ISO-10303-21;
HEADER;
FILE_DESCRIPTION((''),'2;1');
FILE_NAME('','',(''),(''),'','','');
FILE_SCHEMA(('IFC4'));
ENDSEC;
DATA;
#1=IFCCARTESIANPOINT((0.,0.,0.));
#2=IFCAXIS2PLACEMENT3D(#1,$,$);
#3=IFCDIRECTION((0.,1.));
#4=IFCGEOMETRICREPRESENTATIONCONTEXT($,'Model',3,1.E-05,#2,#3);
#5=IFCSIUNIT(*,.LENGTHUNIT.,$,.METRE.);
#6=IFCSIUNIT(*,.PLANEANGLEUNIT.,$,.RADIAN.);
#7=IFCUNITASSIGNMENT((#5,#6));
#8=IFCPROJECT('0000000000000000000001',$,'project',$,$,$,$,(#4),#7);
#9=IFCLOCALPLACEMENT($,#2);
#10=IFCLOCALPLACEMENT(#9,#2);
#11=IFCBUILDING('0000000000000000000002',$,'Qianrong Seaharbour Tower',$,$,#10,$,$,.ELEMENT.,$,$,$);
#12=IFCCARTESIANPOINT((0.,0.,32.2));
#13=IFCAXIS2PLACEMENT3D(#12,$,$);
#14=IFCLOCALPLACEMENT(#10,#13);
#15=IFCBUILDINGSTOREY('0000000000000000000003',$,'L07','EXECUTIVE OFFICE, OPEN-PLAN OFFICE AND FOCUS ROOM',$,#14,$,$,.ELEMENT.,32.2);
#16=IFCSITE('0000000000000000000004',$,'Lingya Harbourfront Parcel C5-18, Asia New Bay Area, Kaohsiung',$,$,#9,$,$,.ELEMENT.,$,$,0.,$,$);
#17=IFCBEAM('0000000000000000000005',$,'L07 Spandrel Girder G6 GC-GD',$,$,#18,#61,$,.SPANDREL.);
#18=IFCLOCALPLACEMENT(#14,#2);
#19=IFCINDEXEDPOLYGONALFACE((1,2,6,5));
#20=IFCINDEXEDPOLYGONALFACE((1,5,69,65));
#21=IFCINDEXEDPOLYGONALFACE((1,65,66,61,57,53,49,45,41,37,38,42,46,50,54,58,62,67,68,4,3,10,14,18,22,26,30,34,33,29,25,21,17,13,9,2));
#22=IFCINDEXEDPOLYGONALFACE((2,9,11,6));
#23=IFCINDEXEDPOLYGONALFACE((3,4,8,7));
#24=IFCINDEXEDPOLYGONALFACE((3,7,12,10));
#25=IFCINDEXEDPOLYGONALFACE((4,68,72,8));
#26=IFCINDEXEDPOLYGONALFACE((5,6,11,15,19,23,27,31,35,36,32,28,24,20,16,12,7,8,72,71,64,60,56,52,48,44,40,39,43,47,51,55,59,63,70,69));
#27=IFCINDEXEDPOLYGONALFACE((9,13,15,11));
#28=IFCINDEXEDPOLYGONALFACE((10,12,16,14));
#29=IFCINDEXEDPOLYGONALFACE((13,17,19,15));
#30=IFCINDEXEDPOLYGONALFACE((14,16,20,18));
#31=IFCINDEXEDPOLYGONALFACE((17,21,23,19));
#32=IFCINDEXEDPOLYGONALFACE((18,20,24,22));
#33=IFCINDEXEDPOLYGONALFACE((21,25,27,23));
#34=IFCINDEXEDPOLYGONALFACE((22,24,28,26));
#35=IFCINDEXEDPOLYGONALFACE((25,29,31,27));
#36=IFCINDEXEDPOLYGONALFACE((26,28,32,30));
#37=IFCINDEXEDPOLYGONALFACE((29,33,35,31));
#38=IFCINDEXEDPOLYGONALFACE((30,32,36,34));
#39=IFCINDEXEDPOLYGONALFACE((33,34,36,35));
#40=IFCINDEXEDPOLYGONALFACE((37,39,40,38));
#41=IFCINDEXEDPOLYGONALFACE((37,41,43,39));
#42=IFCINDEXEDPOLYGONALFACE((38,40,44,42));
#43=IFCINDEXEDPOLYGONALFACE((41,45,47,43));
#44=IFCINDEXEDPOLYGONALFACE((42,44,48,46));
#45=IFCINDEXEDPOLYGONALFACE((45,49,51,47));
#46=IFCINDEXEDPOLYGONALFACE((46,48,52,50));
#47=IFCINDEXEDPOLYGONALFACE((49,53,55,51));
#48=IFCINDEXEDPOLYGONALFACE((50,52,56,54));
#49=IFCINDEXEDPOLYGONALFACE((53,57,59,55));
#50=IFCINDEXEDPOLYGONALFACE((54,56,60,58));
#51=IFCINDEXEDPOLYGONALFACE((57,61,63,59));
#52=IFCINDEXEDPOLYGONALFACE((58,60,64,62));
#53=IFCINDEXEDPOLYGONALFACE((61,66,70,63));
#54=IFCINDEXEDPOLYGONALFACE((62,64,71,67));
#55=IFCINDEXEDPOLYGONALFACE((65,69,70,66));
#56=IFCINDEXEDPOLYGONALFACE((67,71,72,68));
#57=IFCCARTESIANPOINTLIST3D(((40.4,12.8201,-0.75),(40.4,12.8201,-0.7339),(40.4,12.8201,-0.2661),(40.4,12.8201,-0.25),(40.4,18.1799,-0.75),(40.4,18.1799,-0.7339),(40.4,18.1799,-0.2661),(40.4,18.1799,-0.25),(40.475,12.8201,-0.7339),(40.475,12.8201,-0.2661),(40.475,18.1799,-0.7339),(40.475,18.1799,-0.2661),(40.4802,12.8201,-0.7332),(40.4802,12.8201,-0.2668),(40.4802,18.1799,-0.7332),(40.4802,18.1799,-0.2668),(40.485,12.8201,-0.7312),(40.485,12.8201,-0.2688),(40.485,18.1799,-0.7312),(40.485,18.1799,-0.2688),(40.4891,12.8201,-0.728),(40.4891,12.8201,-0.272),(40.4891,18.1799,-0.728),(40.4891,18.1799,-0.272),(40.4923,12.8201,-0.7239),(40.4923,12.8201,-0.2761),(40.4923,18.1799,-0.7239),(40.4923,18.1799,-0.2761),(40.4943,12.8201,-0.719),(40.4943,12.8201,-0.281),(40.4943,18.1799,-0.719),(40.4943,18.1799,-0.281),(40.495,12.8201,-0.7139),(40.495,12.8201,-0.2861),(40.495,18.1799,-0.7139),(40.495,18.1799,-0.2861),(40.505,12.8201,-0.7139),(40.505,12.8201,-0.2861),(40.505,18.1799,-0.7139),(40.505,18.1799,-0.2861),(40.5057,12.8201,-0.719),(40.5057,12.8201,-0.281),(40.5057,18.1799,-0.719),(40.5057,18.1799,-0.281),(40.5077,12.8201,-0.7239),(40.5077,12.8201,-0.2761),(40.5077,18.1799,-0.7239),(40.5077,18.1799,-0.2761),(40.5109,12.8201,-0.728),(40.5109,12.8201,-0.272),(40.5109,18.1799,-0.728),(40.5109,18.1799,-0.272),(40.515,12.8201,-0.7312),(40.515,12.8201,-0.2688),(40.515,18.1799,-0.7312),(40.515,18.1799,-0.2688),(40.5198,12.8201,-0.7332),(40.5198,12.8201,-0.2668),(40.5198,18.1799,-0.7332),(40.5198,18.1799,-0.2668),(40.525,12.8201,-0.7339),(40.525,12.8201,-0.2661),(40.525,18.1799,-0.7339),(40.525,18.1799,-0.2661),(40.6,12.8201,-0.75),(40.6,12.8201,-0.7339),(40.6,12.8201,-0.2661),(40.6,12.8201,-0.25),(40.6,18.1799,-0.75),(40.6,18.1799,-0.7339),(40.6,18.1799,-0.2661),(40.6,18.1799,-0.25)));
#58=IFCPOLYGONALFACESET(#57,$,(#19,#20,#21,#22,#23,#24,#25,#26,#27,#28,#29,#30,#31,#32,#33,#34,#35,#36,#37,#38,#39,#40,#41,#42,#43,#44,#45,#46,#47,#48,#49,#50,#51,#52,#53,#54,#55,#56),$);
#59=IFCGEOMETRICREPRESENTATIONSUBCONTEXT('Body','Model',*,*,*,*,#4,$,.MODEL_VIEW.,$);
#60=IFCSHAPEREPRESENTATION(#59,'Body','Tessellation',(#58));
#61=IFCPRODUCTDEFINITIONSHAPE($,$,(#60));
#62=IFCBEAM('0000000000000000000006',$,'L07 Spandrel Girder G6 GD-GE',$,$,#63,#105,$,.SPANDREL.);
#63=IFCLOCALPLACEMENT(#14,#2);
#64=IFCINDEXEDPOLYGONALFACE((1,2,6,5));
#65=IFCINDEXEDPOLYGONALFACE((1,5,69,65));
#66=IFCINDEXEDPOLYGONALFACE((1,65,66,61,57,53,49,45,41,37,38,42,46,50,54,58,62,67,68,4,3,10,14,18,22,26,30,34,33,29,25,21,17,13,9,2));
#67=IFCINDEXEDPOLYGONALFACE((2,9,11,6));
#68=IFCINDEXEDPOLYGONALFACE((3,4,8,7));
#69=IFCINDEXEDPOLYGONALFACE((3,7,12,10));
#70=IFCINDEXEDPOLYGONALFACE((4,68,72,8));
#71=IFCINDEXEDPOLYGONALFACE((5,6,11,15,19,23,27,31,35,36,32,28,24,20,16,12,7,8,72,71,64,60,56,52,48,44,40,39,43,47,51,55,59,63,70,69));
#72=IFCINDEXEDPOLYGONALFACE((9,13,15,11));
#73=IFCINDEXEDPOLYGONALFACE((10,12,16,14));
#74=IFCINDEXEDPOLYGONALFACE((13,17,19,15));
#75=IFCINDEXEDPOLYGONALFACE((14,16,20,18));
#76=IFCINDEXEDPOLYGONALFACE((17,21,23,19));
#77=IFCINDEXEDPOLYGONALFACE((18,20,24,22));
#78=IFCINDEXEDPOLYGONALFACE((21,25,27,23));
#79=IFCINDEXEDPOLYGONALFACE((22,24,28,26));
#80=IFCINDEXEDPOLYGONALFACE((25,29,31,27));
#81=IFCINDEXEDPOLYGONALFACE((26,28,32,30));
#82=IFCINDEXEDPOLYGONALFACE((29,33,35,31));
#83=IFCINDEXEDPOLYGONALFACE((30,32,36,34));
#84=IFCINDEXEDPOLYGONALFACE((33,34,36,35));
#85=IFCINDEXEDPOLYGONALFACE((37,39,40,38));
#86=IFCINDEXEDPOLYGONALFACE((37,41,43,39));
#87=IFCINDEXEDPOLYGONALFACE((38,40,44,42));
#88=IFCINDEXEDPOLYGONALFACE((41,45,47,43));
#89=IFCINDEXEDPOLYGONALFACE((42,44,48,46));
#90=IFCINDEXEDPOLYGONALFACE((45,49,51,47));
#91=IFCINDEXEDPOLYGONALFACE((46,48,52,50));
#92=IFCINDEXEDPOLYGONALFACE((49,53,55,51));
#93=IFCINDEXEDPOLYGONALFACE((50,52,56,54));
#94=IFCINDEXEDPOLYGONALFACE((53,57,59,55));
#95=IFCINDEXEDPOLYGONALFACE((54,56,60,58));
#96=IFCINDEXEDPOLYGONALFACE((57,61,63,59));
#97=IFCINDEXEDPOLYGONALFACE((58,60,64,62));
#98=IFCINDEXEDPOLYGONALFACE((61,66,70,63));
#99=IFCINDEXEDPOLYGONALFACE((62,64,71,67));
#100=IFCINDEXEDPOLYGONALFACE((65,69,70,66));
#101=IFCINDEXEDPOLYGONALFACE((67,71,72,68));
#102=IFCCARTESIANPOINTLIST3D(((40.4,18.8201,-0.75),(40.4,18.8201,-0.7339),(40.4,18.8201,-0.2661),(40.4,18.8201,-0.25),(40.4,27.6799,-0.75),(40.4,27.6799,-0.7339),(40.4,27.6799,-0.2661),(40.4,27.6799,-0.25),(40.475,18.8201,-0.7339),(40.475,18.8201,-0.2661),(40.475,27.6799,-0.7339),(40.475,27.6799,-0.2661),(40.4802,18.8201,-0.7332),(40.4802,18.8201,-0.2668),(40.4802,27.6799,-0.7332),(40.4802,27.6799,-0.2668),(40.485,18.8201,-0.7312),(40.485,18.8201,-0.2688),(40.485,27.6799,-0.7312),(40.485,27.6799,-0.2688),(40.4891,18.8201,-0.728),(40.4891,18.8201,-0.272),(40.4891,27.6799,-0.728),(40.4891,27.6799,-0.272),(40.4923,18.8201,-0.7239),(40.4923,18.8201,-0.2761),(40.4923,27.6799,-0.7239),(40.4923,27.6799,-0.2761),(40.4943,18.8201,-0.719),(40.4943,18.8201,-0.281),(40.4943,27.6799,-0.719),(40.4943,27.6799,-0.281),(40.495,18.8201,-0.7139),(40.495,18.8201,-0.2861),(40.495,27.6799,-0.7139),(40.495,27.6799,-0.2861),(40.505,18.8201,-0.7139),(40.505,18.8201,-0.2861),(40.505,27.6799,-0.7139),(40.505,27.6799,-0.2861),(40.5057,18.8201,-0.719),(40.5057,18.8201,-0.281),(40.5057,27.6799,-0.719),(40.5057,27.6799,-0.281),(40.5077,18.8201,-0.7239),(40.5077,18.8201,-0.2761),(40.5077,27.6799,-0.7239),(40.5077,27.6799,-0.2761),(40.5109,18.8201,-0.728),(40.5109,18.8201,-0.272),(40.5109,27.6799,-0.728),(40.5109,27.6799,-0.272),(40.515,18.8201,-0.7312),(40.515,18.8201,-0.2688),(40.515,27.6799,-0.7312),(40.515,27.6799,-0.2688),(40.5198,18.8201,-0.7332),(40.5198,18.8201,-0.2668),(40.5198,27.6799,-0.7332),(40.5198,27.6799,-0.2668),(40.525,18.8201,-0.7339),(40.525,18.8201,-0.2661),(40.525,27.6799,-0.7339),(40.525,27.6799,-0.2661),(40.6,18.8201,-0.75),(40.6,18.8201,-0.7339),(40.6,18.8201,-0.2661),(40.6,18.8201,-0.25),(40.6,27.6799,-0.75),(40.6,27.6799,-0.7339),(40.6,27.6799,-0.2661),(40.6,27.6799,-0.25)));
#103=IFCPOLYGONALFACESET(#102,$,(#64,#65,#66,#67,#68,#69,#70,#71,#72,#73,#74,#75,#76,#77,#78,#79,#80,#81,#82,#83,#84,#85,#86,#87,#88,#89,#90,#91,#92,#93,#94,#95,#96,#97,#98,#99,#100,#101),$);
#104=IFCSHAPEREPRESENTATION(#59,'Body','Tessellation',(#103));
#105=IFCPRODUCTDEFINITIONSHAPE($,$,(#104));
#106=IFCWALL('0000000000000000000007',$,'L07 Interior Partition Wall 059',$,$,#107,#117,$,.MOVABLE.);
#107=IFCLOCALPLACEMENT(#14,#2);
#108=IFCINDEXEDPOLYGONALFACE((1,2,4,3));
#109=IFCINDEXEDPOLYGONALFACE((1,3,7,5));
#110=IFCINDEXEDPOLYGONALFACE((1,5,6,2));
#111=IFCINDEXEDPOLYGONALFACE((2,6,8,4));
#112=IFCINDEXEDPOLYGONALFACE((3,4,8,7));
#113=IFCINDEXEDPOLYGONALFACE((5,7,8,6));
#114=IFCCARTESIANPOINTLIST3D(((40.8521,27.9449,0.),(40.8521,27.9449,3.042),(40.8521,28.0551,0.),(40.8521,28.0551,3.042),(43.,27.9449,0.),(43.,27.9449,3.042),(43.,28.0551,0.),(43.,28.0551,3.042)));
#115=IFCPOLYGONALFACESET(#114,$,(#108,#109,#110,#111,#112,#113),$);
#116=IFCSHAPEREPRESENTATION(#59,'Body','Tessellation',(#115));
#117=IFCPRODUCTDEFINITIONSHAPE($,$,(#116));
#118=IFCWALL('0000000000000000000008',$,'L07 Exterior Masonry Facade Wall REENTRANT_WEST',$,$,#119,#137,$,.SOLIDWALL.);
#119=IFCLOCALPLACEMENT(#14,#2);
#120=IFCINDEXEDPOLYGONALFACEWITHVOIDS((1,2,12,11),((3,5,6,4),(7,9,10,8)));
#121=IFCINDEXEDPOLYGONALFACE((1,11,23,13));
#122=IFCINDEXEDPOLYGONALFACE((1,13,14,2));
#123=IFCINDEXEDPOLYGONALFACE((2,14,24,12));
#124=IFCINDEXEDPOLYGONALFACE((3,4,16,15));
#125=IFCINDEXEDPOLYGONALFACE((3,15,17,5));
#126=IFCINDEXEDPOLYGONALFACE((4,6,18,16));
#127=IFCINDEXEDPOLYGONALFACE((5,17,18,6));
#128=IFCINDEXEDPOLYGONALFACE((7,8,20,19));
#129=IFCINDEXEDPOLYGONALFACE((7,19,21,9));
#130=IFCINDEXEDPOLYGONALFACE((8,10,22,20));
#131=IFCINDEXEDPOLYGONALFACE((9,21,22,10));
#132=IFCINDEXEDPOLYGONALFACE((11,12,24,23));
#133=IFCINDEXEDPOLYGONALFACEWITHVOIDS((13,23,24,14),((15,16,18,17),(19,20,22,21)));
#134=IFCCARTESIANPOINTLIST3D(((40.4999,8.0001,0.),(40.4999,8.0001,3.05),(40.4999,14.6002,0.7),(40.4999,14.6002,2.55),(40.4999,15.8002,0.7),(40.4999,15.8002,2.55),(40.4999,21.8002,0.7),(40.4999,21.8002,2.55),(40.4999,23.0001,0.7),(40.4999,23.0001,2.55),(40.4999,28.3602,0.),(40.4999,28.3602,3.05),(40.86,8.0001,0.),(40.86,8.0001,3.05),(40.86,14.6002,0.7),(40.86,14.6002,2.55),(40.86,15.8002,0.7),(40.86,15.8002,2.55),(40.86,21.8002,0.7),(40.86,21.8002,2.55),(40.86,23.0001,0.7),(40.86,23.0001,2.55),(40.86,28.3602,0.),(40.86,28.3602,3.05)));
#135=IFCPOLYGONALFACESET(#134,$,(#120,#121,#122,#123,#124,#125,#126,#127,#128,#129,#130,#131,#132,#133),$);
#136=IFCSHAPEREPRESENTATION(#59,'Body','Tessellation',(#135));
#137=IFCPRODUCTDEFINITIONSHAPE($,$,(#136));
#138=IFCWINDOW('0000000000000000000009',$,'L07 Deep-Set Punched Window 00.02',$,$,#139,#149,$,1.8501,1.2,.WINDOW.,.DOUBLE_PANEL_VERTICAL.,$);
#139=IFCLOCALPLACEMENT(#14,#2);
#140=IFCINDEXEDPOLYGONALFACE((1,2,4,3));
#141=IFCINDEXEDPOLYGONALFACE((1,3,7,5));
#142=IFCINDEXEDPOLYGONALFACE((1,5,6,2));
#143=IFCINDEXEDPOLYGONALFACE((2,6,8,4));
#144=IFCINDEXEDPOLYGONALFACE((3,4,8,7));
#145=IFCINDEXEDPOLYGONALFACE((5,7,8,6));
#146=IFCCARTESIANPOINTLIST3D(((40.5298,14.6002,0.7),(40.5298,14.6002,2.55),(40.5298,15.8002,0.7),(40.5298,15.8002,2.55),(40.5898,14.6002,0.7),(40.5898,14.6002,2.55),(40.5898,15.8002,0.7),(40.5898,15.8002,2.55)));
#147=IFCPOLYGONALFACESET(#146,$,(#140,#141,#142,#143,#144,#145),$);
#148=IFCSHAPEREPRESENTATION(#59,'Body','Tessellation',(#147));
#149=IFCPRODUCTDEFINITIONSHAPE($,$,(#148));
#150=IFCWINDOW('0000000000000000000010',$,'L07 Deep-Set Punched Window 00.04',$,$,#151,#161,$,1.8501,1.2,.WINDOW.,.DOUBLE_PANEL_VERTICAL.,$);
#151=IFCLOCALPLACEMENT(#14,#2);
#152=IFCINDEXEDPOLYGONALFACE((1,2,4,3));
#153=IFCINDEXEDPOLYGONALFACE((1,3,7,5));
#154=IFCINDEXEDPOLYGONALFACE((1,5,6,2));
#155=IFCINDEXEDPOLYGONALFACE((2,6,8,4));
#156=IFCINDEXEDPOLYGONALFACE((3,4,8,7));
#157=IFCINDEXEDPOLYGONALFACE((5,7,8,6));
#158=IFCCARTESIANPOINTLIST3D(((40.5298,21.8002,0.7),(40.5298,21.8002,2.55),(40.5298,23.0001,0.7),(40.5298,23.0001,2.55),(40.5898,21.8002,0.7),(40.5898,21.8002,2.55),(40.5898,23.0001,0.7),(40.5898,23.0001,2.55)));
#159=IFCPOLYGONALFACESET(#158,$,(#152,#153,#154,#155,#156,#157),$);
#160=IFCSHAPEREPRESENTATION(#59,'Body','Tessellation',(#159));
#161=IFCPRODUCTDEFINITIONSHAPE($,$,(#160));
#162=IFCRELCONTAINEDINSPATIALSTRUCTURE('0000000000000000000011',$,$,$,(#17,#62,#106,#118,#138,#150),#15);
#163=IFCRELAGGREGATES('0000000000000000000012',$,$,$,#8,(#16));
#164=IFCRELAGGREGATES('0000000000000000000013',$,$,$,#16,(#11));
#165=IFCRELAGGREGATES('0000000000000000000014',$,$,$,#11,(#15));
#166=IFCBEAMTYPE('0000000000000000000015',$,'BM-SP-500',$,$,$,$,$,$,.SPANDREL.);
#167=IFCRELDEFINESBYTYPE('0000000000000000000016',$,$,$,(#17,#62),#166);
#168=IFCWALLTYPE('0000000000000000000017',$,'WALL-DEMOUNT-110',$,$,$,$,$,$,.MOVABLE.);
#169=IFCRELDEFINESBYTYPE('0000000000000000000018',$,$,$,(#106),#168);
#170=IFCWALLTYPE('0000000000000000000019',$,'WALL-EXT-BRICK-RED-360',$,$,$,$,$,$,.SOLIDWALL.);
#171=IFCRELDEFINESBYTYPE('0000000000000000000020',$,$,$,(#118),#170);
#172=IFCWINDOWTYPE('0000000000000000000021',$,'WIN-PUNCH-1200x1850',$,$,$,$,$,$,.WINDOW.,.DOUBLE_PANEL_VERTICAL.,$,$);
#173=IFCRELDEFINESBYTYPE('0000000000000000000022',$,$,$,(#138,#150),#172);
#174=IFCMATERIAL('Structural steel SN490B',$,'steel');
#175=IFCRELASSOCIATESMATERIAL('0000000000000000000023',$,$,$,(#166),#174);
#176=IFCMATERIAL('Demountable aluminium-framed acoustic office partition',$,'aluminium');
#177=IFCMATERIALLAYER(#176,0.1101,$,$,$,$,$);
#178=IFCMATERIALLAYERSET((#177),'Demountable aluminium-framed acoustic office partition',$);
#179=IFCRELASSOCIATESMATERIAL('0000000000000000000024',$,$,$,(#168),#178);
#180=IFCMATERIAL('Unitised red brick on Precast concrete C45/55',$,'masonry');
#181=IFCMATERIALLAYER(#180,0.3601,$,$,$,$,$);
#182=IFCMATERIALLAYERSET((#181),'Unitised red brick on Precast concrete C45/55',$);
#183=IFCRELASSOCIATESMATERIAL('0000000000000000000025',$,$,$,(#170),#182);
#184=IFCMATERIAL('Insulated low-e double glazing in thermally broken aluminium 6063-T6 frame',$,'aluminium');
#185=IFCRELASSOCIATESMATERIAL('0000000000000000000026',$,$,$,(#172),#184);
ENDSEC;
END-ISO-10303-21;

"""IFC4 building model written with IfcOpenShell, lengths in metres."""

from ifc_helpers import new_model, si_unit, direction, frame, frame_2d, origin, origin_2d, place, context, subcontext, project, spatial, rectangle, i_section, extrude, material, layer, layer_set, material_profile, profile_set, type_object, element, fill, save


model = new_model("IFC4")

# Units and contexts
model_context = context("Model", 3, precision=1e-05, world=origin(), true_north=direction((0.0, 1.0)))
body_context = subcontext(model_context, "Body", "Model", "MODEL_VIEW")
ifc_project = project(units=[si_unit("LENGTHUNIT", "METRE"), si_unit("PLANEANGLEUNIT", "RADIAN")], contexts=[model_context])

# Site, building, storey
site_placement = place(None, origin())
site = spatial("IfcSite", under=ifc_project, at=site_placement, Name="Lingya Harbourfront Parcel C5-18, Asia New Bay Area, Kaohsiung", CompositionType="ELEMENT", RefElevation=0.0)
building_placement = place(site_placement, origin())
building = spatial("IfcBuilding", under=site, at=building_placement, Name="Qianrong Seaharbour Tower", CompositionType="ELEMENT")
storey_placement = place(building_placement, frame((0.0, 0.0, 32.2)))
storey = spatial("IfcBuildingStorey", under=building, at=storey_placement, Name="L07", Description="EXECUTIVE OFFICE, OPEN-PLAN OFFICE AND FOCUS ROOM", CompositionType="ELEMENT", Elevation=32.2)

# Shared definitions
ifc_material_1 = material(Name="Structural steel SN490B", Category="steel")

# Beams
ifc_material_profile_1 = material_profile(ifc_material_1, i_section(OverallWidth=0.2, OverallDepth=0.5, WebThickness=0.01, FlangeThickness=0.0161, FilletRadius=0.02, at=origin_2d()), Name="H500x200x10x16")
ifc_profile_set_1 = profile_set([ifc_material_profile_1], Name="Structural steel SN490B")
beam_type_1 = type_object("IfcBeamType", Name="BM-SP-500", PredefinedType="SPANDREL", material=ifc_profile_set_1)
beam_1_placement = place(storey_placement, frame((40.5, 12.8201, -0.5), z_axis=(0.0, 1.0, 0.0), x_axis=(-1.0, 0.0, 0.0)))
element("IfcBeam", 1, at=beam_1_placement, inside=storey, type_object=beam_type_1, Name="L07 Spandrel Girder G6 GC-GD", PredefinedType="SPANDREL", context=body_context, shape_type="SweptSolid", body=[
    extrude(i_section(OverallWidth=0.2, OverallDepth=0.5, WebThickness=0.01, FlangeThickness=0.0161, FilletRadius=0.02, at=origin_2d()), origin(), (0.0, 0.0, 1.0), 5.3599),
])
beam_2_placement = place(storey_placement, frame((40.5, 18.8201, -0.5), z_axis=(0.0, 1.0, 0.0), x_axis=(-1.0, 0.0, 0.0)))
element("IfcBeam", 2, at=beam_2_placement, inside=storey, type_object=beam_type_1, Name="L07 Spandrel Girder G6 GD-GE", PredefinedType="SPANDREL", context=body_context, shape_type="SweptSolid", body=[
    extrude(i_section(OverallWidth=0.2, OverallDepth=0.5, WebThickness=0.01, FlangeThickness=0.0161, FilletRadius=0.02, at=origin_2d()), origin(), (0.0, 0.0, 1.0), 8.8599),
])

# Wall
ifc_material_2 = material(Name="Demountable aluminium-framed acoustic office partition", Category="aluminium")
ifc_layer_1 = layer(ifc_material_2, 0.1101)
ifc_layer_set_1 = layer_set([ifc_layer_1], Name="Demountable aluminium-framed acoustic office partition")
wall_type_1 = type_object("IfcWallType", Name="WALL-DEMOUNT-110", PredefinedType="MOVABLE", material=ifc_layer_set_1)
wall_1_placement = place(storey_placement, frame((40.8521, 28.0, 0.0), z_axis=(0.0, 0.0, 1.0), x_axis=(1.0, 0.0, 0.0)))
element("IfcWall", 3, at=wall_1_placement, inside=storey, type_object=wall_type_1, Name="L07 Interior Partition Wall 059", PredefinedType="MOVABLE", context=body_context, shape_type="SweptSolid", body=[
    extrude(rectangle(XDim=2.1479, YDim=0.1101, at=frame_2d((1.074, 0.0))), origin(), (0.0, 0.0, 1.0), 3.042),
])

# Wall, openings, windows
ifc_material_3 = material(Name="Unitised red brick on Precast concrete C45/55", Category="masonry")
ifc_layer_2 = layer(ifc_material_3, 0.3601)
ifc_layer_set_2 = layer_set([ifc_layer_2], Name="Unitised red brick on Precast concrete C45/55")
wall_type_2 = type_object("IfcWallType", Name="WALL-EXT-BRICK-RED-360", PredefinedType="SOLIDWALL", material=ifc_layer_set_2)
wall_2_placement = place(storey_placement, frame((40.6799, 8.0, 0.0), z_axis=(0.0, 0.0, 1.0), x_axis=(0.0, 1.0, 0.0)))
wall_2 = element("IfcWall", 4, at=wall_2_placement, inside=storey, type_object=wall_type_2, Name="L07 Exterior Masonry Facade Wall REENTRANT_WEST", PredefinedType="SOLIDWALL", context=body_context, shape_type="SweptSolid", body=[
    extrude(rectangle(XDim=20.3601, YDim=0.3601, at=frame_2d((10.1802, 0.0))), origin(), (0.0, 0.0, 1.0), 3.05),
])
opening_1_placement = place(wall_2_placement, frame((6.6001, 0.0, 0.7)))
opening_1 = element("IfcOpeningElement", 5, at=opening_1_placement, cuts=wall_2, PredefinedType="OPENING", context=body_context, shape_type="SweptSolid", body=[
    extrude(rectangle(XDim=1.2, YDim=1.8501, at=frame_2d((0.6001, 0.925))), frame((0.0, 0.1899, 0.0), z_axis=(0.0, -1.0, 0.0), x_axis=(1.0, 0.0, 0.0)), (0.0, 0.0, 1.0), 0.3801),
])
opening_2_placement = place(wall_2_placement, frame((13.8, 0.0, 0.7)))
opening_2 = element("IfcOpeningElement", 6, at=opening_2_placement, cuts=wall_2, PredefinedType="OPENING", context=body_context, shape_type="SweptSolid", body=[
    extrude(rectangle(XDim=1.2, YDim=1.8501, at=frame_2d((0.6001, 0.925))), frame((0.0, 0.1899, 0.0), z_axis=(0.0, -1.0, 0.0), x_axis=(1.0, 0.0, 0.0)), (0.0, 0.0, 1.0), 0.3801),
])
ifc_material_4 = material(Name="Insulated low-e double glazing in thermally broken aluminium 6063-T6 frame", Category="aluminium")
window_type = type_object("IfcWindowType", Name="WIN-PUNCH-1200x1850", PartitioningType="DOUBLE_PANEL_VERTICAL", PredefinedType="WINDOW", material=ifc_material_4)
window_1_placement = place(opening_1_placement, origin())
window_1 = element("IfcWindow", 7, at=window_1_placement, inside=storey, type_object=window_type, Name="L07 Deep-Set Punched Window 00.02", OverallHeight=1.8501, OverallWidth=1.2, PartitioningType="DOUBLE_PANEL_VERTICAL", PredefinedType="WINDOW", context=body_context, shape_type="SweptSolid", body=[
    extrude(rectangle(XDim=1.2, YDim=1.8501, at=frame_2d((0.6001, 0.925))), frame((0.0, 0.1501, 0.0), z_axis=(0.0, -1.0, 0.0), x_axis=(1.0, 0.0, 0.0)), (0.0, 0.0, 1.0), 0.0601),
])
fill(opening_1, window_1)
window_2_placement = place(opening_2_placement, origin())
window_2 = element("IfcWindow", 8, at=window_2_placement, inside=storey, type_object=window_type, Name="L07 Deep-Set Punched Window 00.04", OverallHeight=1.8501, OverallWidth=1.2, PartitioningType="DOUBLE_PANEL_VERTICAL", PredefinedType="WINDOW", context=body_context, shape_type="SweptSolid", body=[
    extrude(rectangle(XDim=1.2, YDim=1.8501, at=frame_2d((0.6001, 0.925))), frame((0.0, 0.1501, 0.0), z_axis=(0.0, -1.0, 0.0), x_axis=(1.0, 0.0, 0.0)), (0.0, 0.0, 1.0), 0.0601),
])
fill(opening_2, window_2)

save(model, "model.ifc")
